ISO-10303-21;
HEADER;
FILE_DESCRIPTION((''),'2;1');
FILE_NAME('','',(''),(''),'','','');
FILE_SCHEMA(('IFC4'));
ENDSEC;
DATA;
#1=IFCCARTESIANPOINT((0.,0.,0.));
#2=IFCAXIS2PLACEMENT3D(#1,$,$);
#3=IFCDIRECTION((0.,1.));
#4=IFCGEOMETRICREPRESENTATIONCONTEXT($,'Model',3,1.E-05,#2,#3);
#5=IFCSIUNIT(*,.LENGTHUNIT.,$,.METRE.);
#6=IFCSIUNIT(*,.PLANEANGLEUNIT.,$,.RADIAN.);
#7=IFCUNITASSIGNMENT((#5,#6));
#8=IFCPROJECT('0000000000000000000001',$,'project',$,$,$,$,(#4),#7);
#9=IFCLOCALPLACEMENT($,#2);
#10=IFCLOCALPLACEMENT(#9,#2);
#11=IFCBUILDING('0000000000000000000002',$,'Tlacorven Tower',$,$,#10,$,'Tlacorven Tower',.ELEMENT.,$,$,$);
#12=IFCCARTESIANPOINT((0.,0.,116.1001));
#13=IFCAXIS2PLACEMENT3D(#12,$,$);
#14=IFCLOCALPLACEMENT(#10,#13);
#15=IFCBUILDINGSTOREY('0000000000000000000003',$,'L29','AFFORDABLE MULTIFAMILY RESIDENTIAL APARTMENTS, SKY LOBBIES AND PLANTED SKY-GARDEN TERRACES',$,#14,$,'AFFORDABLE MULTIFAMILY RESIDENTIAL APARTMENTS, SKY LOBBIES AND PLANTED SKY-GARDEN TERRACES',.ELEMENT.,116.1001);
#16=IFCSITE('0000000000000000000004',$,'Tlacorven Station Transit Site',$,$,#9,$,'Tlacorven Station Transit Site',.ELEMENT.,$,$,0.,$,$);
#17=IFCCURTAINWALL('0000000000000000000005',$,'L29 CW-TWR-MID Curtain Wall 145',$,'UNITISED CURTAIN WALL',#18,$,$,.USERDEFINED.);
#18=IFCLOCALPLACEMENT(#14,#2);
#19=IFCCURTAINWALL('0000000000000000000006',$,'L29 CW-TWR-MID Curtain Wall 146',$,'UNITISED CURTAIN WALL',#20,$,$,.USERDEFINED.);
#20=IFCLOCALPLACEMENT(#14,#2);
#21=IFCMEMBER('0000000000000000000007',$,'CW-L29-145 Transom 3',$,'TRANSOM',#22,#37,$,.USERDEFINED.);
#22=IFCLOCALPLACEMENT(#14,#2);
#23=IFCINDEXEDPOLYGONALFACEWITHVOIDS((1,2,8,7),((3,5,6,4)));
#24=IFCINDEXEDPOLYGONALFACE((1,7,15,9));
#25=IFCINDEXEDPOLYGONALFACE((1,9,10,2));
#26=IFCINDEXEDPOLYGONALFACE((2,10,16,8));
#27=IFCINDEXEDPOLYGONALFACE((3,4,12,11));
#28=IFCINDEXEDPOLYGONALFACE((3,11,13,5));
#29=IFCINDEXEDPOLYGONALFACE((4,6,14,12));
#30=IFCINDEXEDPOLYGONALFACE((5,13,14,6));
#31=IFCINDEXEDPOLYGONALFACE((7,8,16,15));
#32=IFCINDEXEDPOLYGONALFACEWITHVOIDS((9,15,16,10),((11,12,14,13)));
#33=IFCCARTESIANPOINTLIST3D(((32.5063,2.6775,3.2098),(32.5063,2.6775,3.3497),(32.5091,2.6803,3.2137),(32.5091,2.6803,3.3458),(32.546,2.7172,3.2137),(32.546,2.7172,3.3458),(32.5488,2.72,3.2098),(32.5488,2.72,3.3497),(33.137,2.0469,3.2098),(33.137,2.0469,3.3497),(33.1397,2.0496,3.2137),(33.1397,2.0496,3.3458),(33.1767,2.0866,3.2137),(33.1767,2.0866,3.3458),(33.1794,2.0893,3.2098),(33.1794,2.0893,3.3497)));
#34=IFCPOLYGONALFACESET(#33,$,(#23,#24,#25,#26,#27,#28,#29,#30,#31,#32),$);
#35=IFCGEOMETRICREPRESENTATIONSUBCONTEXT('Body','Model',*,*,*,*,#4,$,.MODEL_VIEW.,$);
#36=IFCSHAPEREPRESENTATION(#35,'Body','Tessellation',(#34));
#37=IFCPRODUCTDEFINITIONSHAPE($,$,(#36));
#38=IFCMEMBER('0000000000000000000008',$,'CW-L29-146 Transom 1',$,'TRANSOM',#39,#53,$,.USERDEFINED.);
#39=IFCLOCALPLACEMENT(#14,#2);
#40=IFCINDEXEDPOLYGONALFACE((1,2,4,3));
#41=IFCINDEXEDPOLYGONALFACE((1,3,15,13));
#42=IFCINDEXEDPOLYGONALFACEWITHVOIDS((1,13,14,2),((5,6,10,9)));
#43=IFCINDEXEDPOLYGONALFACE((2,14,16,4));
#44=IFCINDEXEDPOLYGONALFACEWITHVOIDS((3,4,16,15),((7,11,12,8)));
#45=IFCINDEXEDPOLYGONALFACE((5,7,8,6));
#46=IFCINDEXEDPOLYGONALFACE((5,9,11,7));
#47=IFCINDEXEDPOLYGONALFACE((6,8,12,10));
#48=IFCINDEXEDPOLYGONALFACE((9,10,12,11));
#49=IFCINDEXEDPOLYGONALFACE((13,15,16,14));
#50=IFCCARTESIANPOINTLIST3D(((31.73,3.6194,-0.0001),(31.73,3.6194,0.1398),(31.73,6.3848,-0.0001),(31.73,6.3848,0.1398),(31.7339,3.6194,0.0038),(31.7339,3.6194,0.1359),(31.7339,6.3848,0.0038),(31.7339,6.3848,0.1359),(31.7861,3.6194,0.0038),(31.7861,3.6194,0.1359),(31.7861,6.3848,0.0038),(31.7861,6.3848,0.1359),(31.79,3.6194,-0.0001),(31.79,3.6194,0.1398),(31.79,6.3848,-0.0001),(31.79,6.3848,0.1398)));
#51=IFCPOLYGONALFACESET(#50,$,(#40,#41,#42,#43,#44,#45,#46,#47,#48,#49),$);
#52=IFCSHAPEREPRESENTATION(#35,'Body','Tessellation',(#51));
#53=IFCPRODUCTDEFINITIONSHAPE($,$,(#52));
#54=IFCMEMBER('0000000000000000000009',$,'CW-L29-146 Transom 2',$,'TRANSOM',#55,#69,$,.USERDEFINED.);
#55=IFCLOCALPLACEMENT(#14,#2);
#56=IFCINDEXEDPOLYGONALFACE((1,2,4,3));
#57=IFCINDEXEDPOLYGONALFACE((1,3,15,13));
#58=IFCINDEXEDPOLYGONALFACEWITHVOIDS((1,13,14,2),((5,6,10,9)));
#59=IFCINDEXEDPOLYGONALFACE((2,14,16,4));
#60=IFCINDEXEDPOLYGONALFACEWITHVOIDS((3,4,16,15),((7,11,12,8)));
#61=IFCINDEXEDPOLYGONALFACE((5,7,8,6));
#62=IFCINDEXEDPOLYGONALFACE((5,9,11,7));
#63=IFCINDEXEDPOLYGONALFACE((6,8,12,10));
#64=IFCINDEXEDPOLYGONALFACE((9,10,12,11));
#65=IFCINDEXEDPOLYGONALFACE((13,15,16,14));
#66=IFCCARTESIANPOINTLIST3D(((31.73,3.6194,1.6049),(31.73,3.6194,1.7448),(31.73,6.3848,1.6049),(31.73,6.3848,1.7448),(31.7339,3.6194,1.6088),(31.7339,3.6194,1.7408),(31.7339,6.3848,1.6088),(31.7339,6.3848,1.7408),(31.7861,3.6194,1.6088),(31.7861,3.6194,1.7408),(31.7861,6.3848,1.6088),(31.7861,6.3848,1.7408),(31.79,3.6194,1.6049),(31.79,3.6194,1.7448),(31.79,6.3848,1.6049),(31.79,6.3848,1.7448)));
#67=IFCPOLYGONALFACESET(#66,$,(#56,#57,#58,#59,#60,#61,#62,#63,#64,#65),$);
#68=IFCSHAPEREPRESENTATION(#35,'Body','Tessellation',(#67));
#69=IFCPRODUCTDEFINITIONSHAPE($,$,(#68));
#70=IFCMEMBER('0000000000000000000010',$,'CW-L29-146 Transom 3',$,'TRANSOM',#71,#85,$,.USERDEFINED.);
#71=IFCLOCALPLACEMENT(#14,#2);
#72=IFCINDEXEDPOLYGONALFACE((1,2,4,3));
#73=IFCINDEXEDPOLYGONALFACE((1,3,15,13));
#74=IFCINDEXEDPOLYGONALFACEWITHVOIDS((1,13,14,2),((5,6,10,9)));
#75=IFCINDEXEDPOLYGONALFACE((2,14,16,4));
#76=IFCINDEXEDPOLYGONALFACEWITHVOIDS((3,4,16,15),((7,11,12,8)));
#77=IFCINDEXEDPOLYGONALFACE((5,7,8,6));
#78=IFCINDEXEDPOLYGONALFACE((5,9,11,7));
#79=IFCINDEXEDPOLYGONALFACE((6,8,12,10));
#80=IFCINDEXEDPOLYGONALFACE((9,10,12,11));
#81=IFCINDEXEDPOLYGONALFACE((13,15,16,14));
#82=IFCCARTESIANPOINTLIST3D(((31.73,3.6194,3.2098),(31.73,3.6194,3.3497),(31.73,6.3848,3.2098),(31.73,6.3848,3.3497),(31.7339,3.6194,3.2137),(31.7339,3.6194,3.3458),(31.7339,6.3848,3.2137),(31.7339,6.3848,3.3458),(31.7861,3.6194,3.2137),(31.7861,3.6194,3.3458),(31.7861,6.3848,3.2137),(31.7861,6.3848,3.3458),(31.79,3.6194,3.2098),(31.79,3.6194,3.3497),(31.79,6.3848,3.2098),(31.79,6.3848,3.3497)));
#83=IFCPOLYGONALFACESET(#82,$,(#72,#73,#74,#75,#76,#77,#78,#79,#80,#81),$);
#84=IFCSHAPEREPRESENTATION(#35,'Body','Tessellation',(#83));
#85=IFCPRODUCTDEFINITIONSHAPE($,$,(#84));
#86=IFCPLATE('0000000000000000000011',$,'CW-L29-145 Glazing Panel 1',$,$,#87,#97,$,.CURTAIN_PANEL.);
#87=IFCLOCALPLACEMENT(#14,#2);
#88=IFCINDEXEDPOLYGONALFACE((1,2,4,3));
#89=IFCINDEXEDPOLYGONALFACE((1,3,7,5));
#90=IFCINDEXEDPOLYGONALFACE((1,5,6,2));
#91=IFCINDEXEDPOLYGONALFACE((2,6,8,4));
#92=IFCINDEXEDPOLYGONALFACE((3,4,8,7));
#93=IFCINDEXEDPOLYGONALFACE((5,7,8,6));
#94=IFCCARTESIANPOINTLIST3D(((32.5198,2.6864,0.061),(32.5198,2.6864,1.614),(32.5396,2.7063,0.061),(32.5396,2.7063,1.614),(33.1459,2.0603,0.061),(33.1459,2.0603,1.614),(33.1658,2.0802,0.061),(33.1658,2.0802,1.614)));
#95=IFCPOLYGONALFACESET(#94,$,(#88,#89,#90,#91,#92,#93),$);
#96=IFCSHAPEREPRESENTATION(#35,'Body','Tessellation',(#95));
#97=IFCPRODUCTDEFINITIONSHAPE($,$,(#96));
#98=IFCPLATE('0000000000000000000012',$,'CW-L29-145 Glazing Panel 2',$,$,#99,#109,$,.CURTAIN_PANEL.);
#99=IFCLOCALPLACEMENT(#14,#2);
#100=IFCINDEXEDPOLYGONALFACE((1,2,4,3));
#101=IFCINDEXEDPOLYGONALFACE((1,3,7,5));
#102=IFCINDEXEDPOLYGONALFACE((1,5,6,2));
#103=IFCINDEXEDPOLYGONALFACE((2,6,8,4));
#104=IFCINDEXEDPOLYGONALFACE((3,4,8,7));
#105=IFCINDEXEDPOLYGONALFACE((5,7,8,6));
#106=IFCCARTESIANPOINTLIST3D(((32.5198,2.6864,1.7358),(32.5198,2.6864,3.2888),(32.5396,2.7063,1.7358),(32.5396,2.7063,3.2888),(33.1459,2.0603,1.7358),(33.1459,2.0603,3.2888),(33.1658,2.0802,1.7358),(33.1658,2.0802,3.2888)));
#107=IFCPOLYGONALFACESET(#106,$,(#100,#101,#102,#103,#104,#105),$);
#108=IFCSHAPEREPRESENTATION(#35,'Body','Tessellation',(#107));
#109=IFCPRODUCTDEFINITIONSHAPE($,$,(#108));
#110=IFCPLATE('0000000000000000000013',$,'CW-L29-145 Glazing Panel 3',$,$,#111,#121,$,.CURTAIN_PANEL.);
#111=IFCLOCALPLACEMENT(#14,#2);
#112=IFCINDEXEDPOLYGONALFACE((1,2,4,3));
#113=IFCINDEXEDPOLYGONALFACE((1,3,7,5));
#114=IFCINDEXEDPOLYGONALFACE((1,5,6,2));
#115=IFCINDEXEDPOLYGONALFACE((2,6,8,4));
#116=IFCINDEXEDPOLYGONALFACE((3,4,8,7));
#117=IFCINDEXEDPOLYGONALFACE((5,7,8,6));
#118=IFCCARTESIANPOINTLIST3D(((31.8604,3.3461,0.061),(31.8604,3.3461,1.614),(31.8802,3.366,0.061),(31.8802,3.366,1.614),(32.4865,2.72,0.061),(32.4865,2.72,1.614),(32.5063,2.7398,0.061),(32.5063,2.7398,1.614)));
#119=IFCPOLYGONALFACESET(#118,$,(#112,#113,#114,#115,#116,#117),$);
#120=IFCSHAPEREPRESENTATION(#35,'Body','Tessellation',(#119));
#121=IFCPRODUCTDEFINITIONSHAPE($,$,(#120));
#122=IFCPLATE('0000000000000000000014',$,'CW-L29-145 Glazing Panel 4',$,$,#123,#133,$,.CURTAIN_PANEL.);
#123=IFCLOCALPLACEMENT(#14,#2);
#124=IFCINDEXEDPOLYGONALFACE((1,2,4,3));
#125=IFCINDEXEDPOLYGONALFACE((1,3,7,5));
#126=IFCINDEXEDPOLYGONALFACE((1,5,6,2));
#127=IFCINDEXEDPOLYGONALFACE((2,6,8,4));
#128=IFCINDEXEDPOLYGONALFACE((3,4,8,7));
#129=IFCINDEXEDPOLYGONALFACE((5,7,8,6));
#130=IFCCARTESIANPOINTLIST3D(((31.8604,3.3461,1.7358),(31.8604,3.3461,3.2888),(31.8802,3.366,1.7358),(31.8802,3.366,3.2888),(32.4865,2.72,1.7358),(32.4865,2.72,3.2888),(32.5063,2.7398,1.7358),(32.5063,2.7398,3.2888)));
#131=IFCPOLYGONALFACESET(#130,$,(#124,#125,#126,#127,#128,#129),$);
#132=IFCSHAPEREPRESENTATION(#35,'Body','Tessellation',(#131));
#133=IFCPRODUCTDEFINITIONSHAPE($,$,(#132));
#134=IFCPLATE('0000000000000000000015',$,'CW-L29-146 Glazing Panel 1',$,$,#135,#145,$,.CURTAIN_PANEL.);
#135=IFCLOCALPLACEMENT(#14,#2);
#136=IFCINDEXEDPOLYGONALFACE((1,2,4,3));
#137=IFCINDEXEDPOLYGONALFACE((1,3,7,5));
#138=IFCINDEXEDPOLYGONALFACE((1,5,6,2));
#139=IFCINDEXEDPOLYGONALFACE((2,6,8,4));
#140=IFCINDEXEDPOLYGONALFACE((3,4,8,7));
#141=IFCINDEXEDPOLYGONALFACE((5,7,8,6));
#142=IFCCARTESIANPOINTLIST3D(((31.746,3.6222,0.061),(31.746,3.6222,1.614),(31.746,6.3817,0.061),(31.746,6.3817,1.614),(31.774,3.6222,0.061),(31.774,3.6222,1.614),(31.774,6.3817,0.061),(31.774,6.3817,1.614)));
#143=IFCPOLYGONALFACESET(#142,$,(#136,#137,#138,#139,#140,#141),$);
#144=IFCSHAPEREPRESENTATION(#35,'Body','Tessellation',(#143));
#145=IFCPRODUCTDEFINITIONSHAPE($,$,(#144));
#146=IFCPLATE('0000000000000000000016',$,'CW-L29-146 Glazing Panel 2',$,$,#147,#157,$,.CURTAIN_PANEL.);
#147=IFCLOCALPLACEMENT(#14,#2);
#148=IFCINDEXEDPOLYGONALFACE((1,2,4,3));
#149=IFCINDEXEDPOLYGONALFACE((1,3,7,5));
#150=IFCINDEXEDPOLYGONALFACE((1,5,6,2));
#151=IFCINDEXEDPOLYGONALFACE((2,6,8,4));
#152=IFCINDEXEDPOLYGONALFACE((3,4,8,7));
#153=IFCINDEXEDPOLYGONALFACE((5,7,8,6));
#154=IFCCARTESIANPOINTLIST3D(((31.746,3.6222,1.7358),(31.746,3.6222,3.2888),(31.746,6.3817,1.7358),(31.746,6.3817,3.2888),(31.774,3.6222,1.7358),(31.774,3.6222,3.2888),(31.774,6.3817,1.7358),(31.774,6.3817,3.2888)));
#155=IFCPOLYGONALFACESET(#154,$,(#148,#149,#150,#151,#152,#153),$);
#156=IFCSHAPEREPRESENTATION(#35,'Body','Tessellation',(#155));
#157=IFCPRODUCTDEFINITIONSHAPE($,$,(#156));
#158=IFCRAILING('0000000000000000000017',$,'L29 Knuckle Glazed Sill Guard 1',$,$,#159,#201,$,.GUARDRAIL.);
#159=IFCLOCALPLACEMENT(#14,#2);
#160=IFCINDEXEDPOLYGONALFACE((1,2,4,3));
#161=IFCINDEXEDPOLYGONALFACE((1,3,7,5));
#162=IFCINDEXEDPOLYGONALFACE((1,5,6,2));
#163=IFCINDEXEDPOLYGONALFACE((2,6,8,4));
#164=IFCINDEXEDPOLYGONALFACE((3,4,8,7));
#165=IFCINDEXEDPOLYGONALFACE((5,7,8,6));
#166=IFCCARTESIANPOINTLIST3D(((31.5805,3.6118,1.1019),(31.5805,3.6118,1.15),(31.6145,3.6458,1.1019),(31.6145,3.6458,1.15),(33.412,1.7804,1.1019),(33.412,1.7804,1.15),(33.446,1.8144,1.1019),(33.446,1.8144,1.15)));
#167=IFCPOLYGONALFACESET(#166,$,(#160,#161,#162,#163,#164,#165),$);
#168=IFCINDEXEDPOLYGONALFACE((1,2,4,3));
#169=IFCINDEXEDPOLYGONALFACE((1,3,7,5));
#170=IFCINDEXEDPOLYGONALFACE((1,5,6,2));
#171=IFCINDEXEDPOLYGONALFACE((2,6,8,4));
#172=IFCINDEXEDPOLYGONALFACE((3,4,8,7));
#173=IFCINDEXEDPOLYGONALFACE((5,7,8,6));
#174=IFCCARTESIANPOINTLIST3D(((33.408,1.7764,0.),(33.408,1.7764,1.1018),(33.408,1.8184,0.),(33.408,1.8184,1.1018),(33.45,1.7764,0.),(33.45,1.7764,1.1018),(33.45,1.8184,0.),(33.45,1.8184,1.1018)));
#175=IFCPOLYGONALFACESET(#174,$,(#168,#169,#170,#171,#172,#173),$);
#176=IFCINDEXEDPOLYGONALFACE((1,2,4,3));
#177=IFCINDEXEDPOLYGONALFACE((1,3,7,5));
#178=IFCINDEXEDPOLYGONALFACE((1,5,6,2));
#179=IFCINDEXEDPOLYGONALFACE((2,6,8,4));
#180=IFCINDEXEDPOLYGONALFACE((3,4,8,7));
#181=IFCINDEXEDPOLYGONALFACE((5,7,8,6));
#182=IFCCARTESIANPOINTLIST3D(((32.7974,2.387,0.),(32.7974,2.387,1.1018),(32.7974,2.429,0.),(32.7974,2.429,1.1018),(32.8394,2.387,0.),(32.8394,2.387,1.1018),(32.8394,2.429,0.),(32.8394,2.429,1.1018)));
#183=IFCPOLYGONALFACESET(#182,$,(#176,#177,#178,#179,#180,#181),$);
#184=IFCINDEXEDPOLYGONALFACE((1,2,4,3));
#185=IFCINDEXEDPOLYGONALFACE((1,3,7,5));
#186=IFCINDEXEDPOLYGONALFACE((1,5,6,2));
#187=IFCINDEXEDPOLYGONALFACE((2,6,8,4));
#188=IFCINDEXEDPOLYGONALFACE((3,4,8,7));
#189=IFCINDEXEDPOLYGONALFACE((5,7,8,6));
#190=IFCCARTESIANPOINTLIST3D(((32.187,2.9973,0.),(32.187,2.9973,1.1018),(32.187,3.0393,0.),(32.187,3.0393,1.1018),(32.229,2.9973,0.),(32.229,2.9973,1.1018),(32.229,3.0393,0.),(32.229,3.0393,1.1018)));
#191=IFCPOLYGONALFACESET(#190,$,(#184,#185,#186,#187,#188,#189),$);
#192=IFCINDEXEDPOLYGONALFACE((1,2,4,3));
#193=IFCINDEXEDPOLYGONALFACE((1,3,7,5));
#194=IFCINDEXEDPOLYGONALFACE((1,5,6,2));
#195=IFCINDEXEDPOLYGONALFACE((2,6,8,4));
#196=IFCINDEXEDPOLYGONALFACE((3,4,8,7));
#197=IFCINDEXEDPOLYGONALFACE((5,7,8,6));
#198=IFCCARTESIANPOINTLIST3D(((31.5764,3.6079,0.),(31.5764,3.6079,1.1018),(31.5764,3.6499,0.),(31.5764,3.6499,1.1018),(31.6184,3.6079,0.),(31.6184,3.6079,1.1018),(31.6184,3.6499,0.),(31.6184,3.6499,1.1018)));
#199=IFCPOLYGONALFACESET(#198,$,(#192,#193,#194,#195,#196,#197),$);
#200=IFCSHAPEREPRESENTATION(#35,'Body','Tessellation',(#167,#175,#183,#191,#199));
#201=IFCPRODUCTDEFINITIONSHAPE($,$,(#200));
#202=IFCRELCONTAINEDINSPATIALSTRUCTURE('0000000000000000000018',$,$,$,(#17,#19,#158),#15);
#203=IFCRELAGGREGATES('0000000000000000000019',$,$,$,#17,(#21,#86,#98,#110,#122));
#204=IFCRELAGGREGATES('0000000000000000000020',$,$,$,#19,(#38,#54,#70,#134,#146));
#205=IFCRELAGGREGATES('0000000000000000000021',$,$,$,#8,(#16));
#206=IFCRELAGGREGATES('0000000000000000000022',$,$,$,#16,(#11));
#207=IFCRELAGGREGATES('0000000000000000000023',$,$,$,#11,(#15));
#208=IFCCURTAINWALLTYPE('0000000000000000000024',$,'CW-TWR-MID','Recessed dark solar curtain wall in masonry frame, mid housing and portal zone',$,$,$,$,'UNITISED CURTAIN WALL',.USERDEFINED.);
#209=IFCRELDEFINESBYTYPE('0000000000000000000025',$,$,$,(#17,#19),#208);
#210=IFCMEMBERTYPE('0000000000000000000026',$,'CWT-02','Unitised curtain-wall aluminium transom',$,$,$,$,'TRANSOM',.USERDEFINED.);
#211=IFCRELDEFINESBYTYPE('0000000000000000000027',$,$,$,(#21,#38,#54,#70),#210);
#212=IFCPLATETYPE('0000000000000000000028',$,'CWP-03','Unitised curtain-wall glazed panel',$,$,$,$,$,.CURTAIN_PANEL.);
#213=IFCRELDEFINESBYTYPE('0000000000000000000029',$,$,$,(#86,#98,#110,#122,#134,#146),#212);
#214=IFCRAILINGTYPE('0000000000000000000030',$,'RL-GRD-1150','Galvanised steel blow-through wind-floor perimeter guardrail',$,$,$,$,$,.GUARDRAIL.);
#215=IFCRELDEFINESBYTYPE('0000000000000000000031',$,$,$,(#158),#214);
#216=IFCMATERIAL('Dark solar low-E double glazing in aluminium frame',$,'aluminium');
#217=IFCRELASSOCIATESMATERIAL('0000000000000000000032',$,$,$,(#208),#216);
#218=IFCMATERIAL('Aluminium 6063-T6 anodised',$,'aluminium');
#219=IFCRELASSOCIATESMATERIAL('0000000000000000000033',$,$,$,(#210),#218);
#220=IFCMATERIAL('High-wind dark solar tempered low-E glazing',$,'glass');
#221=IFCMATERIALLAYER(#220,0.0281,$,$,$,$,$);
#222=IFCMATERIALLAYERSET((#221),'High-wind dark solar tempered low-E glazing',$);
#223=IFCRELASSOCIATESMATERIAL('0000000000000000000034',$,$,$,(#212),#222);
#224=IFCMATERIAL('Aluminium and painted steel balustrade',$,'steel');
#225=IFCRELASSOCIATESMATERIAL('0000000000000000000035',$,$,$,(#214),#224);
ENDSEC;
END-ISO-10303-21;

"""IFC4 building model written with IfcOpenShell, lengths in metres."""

from ifc_helpers import new_model, si_unit, direction, frame, origin, origin_2d, place, context, subcontext, project, spatial, rectangle, hollow_rectangle, extrude, source, transform, mapped, material, layer, layer_set, material_profile, profile_set, type_object, element, aggregate, save


model = new_model("IFC4")

# Units and contexts
model_context = context("Model", 3, precision=1e-05, world=origin(), true_north=direction((0.0, 1.0)))
body_context = subcontext(model_context, "Body", "Model", "MODEL_VIEW")
ifc_project = project(units=[si_unit("LENGTHUNIT", "METRE"), si_unit("PLANEANGLEUNIT", "RADIAN")], contexts=[model_context])

# Site, building, storey
site_placement = place(None, origin())
site = spatial("IfcSite", under=ifc_project, at=site_placement, Name="Tlacorven Station Transit Site", LongName="Tlacorven Station Transit Site", CompositionType="ELEMENT", RefElevation=0.0)
building_placement = place(site_placement, origin())
building = spatial("IfcBuilding", under=site, at=building_placement, Name="Tlacorven Tower", LongName="Tlacorven Tower", CompositionType="ELEMENT")
storey_placement = place(building_placement, frame((0.0, 0.0, 116.1001)))
storey = spatial("IfcBuildingStorey", under=building, at=storey_placement, Name="L29", Description="AFFORDABLE MULTIFAMILY RESIDENTIAL APARTMENTS, SKY LOBBIES AND PLANTED SKY-GARDEN TERRACES", LongName="AFFORDABLE MULTIFAMILY RESIDENTIAL APARTMENTS, SKY LOBBIES AND PLANTED SKY-GARDEN TERRACES", CompositionType="ELEMENT", Elevation=116.1001)

# Shared definitions
ifc_material_1 = material(Name="Dark solar low-E double glazing in aluminium frame", Category="aluminium")
curtain_wall_type = type_object("IfcCurtainWallType", Name="CW-TWR-MID", Description="Recessed dark solar curtain wall in masonry frame, mid housing and portal zone", ElementType="UNITISED CURTAIN WALL", PredefinedType="USERDEFINED", material=ifc_material_1)
ifc_material_2 = material(Name="Aluminium 6063-T6 anodised", Category="aluminium")

# Curtain walls
curtain_wall_1_placement = place(storey_placement, origin())
curtain_wall_1 = element("IfcCurtainWall", 1, at=curtain_wall_1_placement, inside=storey, type_object=curtain_wall_type, Name="L29 CW-TWR-MID Curtain Wall 145", ObjectType="UNITISED CURTAIN WALL", PredefinedType="USERDEFINED")
curtain_wall_2_placement = place(storey_placement, origin())
curtain_wall_2 = element("IfcCurtainWall", 2, at=curtain_wall_2_placement, inside=storey, type_object=curtain_wall_type, Name="L29 CW-TWR-MID Curtain Wall 146", ObjectType="UNITISED CURTAIN WALL", PredefinedType="USERDEFINED")

# Members
ifc_material_profile_1 = material_profile(ifc_material_2, hollow_rectangle(XDim=0.0601, YDim=0.1399, WallThickness=0.0039, at=origin_2d()), Name="ALU TRANSOM 60X140")
ifc_profile_set_1 = profile_set([ifc_material_profile_1], Name="Aluminium 6063-T6 anodised")
member_type_1 = type_object("IfcMemberType", Name="CWT-02", Description="Unitised curtain-wall aluminium transom", ElementType="TRANSOM", PredefinedType="USERDEFINED", material=ifc_profile_set_1)
shared_shape_1 = source(origin(), body_context, "Body", "SweptSolid", [
    extrude(hollow_rectangle(XDim=0.0601, YDim=0.1399, WallThickness=0.0039, at=origin_2d()), origin(), (0.0, 0.0, 1.0), 0.8918),
])
member_1_placement = place(storey_placement, frame((33.1582, 2.0681, 3.2798), z_axis=(-0.707107, 0.707107, 0.0), x_axis=(-0.707107, -0.707107, 0.0)))
member_1 = element("IfcMember", 3, at=member_1_placement, type_object=member_type_1, Name="CW-L29-145 Transom 3", ObjectType="TRANSOM", PredefinedType="USERDEFINED", context=body_context, shape_type="MappedRepresentation", body=[
    mapped(shared_shape_1, transform((0.0, 0.0, 0.0), scale=1.0)),
])
shared_shape_2 = source(origin(), body_context, "Body", "SweptSolid", [
    extrude(hollow_rectangle(XDim=0.0601, YDim=0.1399, WallThickness=0.0039, at=origin_2d()), origin(), (0.0, 0.0, 1.0), 2.7654),
])
member_2_placement = place(storey_placement, frame((31.76, 3.6194, 0.0698), z_axis=(0.0, 1.0, 0.0), x_axis=(-1.0, 0.0, 0.0)))
member_2 = element("IfcMember", 4, at=member_2_placement, type_object=member_type_1, Name="CW-L29-146 Transom 1", ObjectType="TRANSOM", PredefinedType="USERDEFINED", context=body_context, shape_type="MappedRepresentation", body=[
    mapped(shared_shape_2, transform((0.0, 0.0, 0.0), scale=1.0)),
])
member_3_placement = place(storey_placement, frame((31.76, 3.6194, 1.6748), z_axis=(0.0, 1.0, 0.0), x_axis=(-1.0, 0.0, 0.0)))
member_3 = element("IfcMember", 5, at=member_3_placement, type_object=member_type_1, Name="CW-L29-146 Transom 2", ObjectType="TRANSOM", PredefinedType="USERDEFINED", context=body_context, shape_type="MappedRepresentation", body=[
    mapped(shared_shape_2, transform((0.0, 0.0, 0.0), scale=1.0)),
])
member_4_placement = place(storey_placement, frame((31.76, 3.6194, 3.2798), z_axis=(0.0, 1.0, 0.0), x_axis=(-1.0, 0.0, 0.0)))
member_4 = element("IfcMember", 6, at=member_4_placement, type_object=member_type_1, Name="CW-L29-146 Transom 3", ObjectType="TRANSOM", PredefinedType="USERDEFINED", context=body_context, shape_type="MappedRepresentation", body=[
    mapped(shared_shape_2, transform((0.0, 0.0, 0.0), scale=1.0)),
])

# Plates
ifc_material_3 = material(Name="High-wind dark solar tempered low-E glazing", Category="glass")
ifc_layer = layer(ifc_material_3, 0.0281)
ifc_layer_set = layer_set([ifc_layer], Name="High-wind dark solar tempered low-E glazing")
plate_type = type_object("IfcPlateType", Name="CWP-03", Description="Unitised curtain-wall glazed panel", PredefinedType="CURTAIN_PANEL", material=ifc_layer_set)
shared_shape_3 = source(origin(), body_context, "Body", "SweptSolid", [
    extrude(rectangle(XDim=0.8855, YDim=0.0281, at=origin_2d()), origin(), (0.0, 0.0, 1.0), 1.553),
])
plate_1_placement = place(storey_placement, frame((32.8428, 2.3833, 0.061), z_axis=(0.0, 0.0, 1.0), x_axis=(-0.707107, 0.707107, 0.0)))
plate_1 = element("IfcPlate", 7, at=plate_1_placement, type_object=plate_type, Name="CW-L29-145 Glazing Panel 1", PredefinedType="CURTAIN_PANEL", context=body_context, shape_type="MappedRepresentation", body=[
    mapped(shared_shape_3, transform((0.0, 0.0, 0.0), scale=1.0)),
])
plate_2_placement = place(storey_placement, frame((32.8428, 2.3833, 1.7358), z_axis=(0.0, 0.0, 1.0), x_axis=(-0.707107, 0.707107, 0.0)))
plate_2 = element("IfcPlate", 8, at=plate_2_placement, type_object=plate_type, Name="CW-L29-145 Glazing Panel 2", PredefinedType="CURTAIN_PANEL", context=body_context, shape_type="MappedRepresentation", body=[
    mapped(shared_shape_3, transform((0.0, 0.0, 0.0), scale=1.0)),
])
plate_3_placement = place(storey_placement, frame((32.1833, 3.043, 0.061), z_axis=(0.0, 0.0, 1.0), x_axis=(-0.707107, 0.707107, 0.0)))
plate_3 = element("IfcPlate", 9, at=plate_3_placement, type_object=plate_type, Name="CW-L29-145 Glazing Panel 3", PredefinedType="CURTAIN_PANEL", context=body_context, shape_type="MappedRepresentation", body=[
    mapped(shared_shape_3, transform((0.0, 0.0, 0.0), scale=1.0)),
])
plate_4_placement = place(storey_placement, frame((32.1833, 3.043, 1.7358), z_axis=(0.0, 0.0, 1.0), x_axis=(-0.707107, 0.707107, 0.0)))
plate_4 = element("IfcPlate", 10, at=plate_4_placement, type_object=plate_type, Name="CW-L29-145 Glazing Panel 4", PredefinedType="CURTAIN_PANEL", context=body_context, shape_type="MappedRepresentation", body=[
    mapped(shared_shape_3, transform((0.0, 0.0, 0.0), scale=1.0)),
])
aggregate(curtain_wall_1, [member_1, plate_1, plate_2, plate_3, plate_4])
shared_shape_4 = source(origin(), body_context, "Body", "SweptSolid", [
    extrude(rectangle(XDim=2.7595, YDim=0.0281, at=origin_2d()), origin(), (0.0, 0.0, 1.0), 1.553),
])
plate_5_placement = place(storey_placement, frame((31.76, 5.002, 0.061), z_axis=(0.0, 0.0, 1.0), x_axis=(0.0, 1.0, 0.0)))
plate_5 = element("IfcPlate", 11, at=plate_5_placement, type_object=plate_type, Name="CW-L29-146 Glazing Panel 1", PredefinedType="CURTAIN_PANEL", context=body_context, shape_type="MappedRepresentation", body=[
    mapped(shared_shape_4, transform((0.0, 0.0, 0.0), scale=1.0)),
])
plate_6_placement = place(storey_placement, frame((31.76, 5.002, 1.7358), z_axis=(0.0, 0.0, 1.0), x_axis=(0.0, 1.0, 0.0)))
plate_6 = element("IfcPlate", 12, at=plate_6_placement, type_object=plate_type, Name="CW-L29-146 Glazing Panel 2", PredefinedType="CURTAIN_PANEL", context=body_context, shape_type="MappedRepresentation", body=[
    mapped(shared_shape_4, transform((0.0, 0.0, 0.0), scale=1.0)),
])
aggregate(curtain_wall_2, [member_2, member_3, member_4, plate_5, plate_6])

# Railing
ifc_material_4 = material(Name="Aluminium and painted steel balustrade", Category="steel")
railing_type = type_object("IfcRailingType", Name="RL-GRD-1150", Description="Galvanised steel blow-through wind-floor perimeter guardrail", PredefinedType="GUARDRAIL", material=ifc_material_4)
shared_shape_5 = source(origin(), body_context, "Body", "SweptSolid", [
    extrude(rectangle(XDim=0.0481, YDim=0.0481, at=origin_2d()), frame((0.0, 0.0, 1.126), z_axis=(-0.707107, 0.707107, 0.0), x_axis=(-0.707107, -0.707107, 0.0)), (0.0, 0.0, 1.0), 2.5901),
    extrude(rectangle(XDim=0.042, YDim=0.042, at=origin_2d()), origin(), (0.0, 0.0, 1.0), 1.1018),
    extrude(rectangle(XDim=0.042, YDim=0.042, at=origin_2d()), frame((-0.6106, 0.6106, 0.0)), (0.0, 0.0, 1.0), 1.1018),
    extrude(rectangle(XDim=0.042, YDim=0.042, at=origin_2d()), frame((-1.2209, 1.2209, 0.0)), (0.0, 0.0, 1.0), 1.1018),
    extrude(rectangle(XDim=0.042, YDim=0.042, at=origin_2d()), frame((-1.8315, 1.8315, 0.0)), (0.0, 0.0, 1.0), 1.1018),
])
railing_placement = place(storey_placement, frame((33.429, 1.7974, 0.0)))
element("IfcRailing", 13, at=railing_placement, inside=storey, type_object=railing_type, Name="L29 Knuckle Glazed Sill Guard 1", PredefinedType="GUARDRAIL", context=body_context, shape_type="MappedRepresentation", body=[
    mapped(shared_shape_5, transform((0.0, 0.0, 0.0), scale=1.0)),
])

save(model, "model.ifc")
